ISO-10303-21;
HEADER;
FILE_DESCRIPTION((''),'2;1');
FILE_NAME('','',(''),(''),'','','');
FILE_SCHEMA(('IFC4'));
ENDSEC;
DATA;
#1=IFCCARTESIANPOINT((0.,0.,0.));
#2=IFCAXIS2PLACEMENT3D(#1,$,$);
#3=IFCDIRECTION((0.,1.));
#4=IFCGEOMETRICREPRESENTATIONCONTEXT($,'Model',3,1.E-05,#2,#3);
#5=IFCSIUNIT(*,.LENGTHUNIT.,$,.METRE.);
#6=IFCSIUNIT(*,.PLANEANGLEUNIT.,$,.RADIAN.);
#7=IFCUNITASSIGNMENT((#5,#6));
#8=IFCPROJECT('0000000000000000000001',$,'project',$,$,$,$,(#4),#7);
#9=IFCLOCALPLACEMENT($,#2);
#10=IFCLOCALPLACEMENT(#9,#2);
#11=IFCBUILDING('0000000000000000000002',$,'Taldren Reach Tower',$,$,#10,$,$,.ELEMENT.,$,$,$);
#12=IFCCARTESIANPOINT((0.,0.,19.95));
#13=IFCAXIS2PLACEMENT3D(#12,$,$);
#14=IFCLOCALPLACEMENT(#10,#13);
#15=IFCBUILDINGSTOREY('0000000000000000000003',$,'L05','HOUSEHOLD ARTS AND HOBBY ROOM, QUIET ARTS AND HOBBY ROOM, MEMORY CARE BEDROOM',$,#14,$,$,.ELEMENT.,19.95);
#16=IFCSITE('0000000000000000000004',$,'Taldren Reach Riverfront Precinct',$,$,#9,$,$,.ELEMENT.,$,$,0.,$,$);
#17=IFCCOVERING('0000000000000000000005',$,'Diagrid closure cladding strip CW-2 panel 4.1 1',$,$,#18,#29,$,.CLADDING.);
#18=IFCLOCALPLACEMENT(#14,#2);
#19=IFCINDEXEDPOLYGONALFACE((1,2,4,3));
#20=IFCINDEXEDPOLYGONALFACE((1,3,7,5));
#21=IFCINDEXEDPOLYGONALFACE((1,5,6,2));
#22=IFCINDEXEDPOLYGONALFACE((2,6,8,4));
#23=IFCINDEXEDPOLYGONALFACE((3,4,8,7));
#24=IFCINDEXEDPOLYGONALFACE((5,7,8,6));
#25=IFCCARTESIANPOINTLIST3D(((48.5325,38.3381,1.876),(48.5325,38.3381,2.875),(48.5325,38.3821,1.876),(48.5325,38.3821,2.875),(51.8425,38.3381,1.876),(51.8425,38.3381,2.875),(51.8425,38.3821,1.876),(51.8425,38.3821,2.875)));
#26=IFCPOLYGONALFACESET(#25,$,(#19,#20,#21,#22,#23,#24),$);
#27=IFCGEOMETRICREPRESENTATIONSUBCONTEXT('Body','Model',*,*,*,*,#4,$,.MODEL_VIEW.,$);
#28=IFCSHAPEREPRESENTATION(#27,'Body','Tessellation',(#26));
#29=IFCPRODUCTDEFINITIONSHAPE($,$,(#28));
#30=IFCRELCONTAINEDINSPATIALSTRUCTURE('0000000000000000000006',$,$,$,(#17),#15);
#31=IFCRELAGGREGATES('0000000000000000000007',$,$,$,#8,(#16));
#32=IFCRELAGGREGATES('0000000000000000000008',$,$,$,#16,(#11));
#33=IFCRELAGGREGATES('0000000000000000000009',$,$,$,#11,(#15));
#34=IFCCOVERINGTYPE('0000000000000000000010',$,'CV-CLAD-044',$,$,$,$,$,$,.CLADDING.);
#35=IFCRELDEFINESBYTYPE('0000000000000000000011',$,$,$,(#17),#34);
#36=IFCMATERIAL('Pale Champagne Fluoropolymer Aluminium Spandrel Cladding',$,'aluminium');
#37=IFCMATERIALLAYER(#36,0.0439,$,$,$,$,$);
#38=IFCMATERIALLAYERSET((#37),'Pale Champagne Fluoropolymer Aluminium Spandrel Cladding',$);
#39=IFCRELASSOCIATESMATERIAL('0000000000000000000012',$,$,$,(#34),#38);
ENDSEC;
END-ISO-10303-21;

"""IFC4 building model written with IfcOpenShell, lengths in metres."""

from ifc_helpers import new_model, si_unit, direction, frame, origin, origin_2d, place, context, subcontext, project, spatial, rectangle, extrude, source, transform, mapped, material, layer, layer_set, type_object, element, save


model = new_model("IFC4")

# Units and contexts
model_context = context("Model", 3, precision=1e-05, world=origin(), true_north=direction((0.0, 1.0)))
body_context = subcontext(model_context, "Body", "Model", "MODEL_VIEW")
ifc_project = project(units=[si_unit("LENGTHUNIT", "METRE"), si_unit("PLANEANGLEUNIT", "RADIAN")], contexts=[model_context])

# Site, building, storey
site_placement = place(None, origin())
site = spatial("IfcSite", under=ifc_project, at=site_placement, Name="Taldren Reach Riverfront Precinct", CompositionType="ELEMENT", RefElevation=0.0)
building_placement = place(site_placement, origin())
building = spatial("IfcBuilding", under=site, at=building_placement, Name="Taldren Reach Tower", CompositionType="ELEMENT")
storey_placement = place(building_placement, frame((0.0, 0.0, 19.95)))
storey = spatial("IfcBuildingStorey", under=building, at=storey_placement, Name="L05", Description="HOUSEHOLD ARTS AND HOBBY ROOM, QUIET ARTS AND HOBBY ROOM, MEMORY CARE BEDROOM", CompositionType="ELEMENT", Elevation=19.95)

# Covering
ifc_material_1 = material(Name="Pale Champagne Fluoropolymer Aluminium Spandrel Cladding", Category="aluminium")
ifc_layer_1 = layer(ifc_material_1, 0.0439)
ifc_layer_set_1 = layer_set([ifc_layer_1], Name="Pale Champagne Fluoropolymer Aluminium Spandrel Cladding")
covering_type = type_object("IfcCoveringType", Name="CV-CLAD-044", PredefinedType="CLADDING", material=ifc_layer_set_1)
shared_shape_1 = source(origin(), body_context, "Body", "SweptSolid", [
    extrude(rectangle(XDim=3.3101, YDim=0.0439, at=origin_2d()), origin(), (0.0, 0.0, 1.0), 0.999),
])
covering_placement = place(storey_placement, frame((50.1875, 38.3601, 1.876), z_axis=(0.0, 0.0, 1.0), x_axis=(-1.0, 0.0, 0.0)))
element("IfcCovering", 1, at=covering_placement, inside=storey, type_object=covering_type, Name="Diagrid closure cladding strip CW-2 panel 4.1 1", PredefinedType="CLADDING", context=body_context, shape_type="MappedRepresentation", body=[
    mapped(shared_shape_1, transform((0.0, 0.0, 0.0), scale=1.0)),
])

save(model, "model.ifc")
